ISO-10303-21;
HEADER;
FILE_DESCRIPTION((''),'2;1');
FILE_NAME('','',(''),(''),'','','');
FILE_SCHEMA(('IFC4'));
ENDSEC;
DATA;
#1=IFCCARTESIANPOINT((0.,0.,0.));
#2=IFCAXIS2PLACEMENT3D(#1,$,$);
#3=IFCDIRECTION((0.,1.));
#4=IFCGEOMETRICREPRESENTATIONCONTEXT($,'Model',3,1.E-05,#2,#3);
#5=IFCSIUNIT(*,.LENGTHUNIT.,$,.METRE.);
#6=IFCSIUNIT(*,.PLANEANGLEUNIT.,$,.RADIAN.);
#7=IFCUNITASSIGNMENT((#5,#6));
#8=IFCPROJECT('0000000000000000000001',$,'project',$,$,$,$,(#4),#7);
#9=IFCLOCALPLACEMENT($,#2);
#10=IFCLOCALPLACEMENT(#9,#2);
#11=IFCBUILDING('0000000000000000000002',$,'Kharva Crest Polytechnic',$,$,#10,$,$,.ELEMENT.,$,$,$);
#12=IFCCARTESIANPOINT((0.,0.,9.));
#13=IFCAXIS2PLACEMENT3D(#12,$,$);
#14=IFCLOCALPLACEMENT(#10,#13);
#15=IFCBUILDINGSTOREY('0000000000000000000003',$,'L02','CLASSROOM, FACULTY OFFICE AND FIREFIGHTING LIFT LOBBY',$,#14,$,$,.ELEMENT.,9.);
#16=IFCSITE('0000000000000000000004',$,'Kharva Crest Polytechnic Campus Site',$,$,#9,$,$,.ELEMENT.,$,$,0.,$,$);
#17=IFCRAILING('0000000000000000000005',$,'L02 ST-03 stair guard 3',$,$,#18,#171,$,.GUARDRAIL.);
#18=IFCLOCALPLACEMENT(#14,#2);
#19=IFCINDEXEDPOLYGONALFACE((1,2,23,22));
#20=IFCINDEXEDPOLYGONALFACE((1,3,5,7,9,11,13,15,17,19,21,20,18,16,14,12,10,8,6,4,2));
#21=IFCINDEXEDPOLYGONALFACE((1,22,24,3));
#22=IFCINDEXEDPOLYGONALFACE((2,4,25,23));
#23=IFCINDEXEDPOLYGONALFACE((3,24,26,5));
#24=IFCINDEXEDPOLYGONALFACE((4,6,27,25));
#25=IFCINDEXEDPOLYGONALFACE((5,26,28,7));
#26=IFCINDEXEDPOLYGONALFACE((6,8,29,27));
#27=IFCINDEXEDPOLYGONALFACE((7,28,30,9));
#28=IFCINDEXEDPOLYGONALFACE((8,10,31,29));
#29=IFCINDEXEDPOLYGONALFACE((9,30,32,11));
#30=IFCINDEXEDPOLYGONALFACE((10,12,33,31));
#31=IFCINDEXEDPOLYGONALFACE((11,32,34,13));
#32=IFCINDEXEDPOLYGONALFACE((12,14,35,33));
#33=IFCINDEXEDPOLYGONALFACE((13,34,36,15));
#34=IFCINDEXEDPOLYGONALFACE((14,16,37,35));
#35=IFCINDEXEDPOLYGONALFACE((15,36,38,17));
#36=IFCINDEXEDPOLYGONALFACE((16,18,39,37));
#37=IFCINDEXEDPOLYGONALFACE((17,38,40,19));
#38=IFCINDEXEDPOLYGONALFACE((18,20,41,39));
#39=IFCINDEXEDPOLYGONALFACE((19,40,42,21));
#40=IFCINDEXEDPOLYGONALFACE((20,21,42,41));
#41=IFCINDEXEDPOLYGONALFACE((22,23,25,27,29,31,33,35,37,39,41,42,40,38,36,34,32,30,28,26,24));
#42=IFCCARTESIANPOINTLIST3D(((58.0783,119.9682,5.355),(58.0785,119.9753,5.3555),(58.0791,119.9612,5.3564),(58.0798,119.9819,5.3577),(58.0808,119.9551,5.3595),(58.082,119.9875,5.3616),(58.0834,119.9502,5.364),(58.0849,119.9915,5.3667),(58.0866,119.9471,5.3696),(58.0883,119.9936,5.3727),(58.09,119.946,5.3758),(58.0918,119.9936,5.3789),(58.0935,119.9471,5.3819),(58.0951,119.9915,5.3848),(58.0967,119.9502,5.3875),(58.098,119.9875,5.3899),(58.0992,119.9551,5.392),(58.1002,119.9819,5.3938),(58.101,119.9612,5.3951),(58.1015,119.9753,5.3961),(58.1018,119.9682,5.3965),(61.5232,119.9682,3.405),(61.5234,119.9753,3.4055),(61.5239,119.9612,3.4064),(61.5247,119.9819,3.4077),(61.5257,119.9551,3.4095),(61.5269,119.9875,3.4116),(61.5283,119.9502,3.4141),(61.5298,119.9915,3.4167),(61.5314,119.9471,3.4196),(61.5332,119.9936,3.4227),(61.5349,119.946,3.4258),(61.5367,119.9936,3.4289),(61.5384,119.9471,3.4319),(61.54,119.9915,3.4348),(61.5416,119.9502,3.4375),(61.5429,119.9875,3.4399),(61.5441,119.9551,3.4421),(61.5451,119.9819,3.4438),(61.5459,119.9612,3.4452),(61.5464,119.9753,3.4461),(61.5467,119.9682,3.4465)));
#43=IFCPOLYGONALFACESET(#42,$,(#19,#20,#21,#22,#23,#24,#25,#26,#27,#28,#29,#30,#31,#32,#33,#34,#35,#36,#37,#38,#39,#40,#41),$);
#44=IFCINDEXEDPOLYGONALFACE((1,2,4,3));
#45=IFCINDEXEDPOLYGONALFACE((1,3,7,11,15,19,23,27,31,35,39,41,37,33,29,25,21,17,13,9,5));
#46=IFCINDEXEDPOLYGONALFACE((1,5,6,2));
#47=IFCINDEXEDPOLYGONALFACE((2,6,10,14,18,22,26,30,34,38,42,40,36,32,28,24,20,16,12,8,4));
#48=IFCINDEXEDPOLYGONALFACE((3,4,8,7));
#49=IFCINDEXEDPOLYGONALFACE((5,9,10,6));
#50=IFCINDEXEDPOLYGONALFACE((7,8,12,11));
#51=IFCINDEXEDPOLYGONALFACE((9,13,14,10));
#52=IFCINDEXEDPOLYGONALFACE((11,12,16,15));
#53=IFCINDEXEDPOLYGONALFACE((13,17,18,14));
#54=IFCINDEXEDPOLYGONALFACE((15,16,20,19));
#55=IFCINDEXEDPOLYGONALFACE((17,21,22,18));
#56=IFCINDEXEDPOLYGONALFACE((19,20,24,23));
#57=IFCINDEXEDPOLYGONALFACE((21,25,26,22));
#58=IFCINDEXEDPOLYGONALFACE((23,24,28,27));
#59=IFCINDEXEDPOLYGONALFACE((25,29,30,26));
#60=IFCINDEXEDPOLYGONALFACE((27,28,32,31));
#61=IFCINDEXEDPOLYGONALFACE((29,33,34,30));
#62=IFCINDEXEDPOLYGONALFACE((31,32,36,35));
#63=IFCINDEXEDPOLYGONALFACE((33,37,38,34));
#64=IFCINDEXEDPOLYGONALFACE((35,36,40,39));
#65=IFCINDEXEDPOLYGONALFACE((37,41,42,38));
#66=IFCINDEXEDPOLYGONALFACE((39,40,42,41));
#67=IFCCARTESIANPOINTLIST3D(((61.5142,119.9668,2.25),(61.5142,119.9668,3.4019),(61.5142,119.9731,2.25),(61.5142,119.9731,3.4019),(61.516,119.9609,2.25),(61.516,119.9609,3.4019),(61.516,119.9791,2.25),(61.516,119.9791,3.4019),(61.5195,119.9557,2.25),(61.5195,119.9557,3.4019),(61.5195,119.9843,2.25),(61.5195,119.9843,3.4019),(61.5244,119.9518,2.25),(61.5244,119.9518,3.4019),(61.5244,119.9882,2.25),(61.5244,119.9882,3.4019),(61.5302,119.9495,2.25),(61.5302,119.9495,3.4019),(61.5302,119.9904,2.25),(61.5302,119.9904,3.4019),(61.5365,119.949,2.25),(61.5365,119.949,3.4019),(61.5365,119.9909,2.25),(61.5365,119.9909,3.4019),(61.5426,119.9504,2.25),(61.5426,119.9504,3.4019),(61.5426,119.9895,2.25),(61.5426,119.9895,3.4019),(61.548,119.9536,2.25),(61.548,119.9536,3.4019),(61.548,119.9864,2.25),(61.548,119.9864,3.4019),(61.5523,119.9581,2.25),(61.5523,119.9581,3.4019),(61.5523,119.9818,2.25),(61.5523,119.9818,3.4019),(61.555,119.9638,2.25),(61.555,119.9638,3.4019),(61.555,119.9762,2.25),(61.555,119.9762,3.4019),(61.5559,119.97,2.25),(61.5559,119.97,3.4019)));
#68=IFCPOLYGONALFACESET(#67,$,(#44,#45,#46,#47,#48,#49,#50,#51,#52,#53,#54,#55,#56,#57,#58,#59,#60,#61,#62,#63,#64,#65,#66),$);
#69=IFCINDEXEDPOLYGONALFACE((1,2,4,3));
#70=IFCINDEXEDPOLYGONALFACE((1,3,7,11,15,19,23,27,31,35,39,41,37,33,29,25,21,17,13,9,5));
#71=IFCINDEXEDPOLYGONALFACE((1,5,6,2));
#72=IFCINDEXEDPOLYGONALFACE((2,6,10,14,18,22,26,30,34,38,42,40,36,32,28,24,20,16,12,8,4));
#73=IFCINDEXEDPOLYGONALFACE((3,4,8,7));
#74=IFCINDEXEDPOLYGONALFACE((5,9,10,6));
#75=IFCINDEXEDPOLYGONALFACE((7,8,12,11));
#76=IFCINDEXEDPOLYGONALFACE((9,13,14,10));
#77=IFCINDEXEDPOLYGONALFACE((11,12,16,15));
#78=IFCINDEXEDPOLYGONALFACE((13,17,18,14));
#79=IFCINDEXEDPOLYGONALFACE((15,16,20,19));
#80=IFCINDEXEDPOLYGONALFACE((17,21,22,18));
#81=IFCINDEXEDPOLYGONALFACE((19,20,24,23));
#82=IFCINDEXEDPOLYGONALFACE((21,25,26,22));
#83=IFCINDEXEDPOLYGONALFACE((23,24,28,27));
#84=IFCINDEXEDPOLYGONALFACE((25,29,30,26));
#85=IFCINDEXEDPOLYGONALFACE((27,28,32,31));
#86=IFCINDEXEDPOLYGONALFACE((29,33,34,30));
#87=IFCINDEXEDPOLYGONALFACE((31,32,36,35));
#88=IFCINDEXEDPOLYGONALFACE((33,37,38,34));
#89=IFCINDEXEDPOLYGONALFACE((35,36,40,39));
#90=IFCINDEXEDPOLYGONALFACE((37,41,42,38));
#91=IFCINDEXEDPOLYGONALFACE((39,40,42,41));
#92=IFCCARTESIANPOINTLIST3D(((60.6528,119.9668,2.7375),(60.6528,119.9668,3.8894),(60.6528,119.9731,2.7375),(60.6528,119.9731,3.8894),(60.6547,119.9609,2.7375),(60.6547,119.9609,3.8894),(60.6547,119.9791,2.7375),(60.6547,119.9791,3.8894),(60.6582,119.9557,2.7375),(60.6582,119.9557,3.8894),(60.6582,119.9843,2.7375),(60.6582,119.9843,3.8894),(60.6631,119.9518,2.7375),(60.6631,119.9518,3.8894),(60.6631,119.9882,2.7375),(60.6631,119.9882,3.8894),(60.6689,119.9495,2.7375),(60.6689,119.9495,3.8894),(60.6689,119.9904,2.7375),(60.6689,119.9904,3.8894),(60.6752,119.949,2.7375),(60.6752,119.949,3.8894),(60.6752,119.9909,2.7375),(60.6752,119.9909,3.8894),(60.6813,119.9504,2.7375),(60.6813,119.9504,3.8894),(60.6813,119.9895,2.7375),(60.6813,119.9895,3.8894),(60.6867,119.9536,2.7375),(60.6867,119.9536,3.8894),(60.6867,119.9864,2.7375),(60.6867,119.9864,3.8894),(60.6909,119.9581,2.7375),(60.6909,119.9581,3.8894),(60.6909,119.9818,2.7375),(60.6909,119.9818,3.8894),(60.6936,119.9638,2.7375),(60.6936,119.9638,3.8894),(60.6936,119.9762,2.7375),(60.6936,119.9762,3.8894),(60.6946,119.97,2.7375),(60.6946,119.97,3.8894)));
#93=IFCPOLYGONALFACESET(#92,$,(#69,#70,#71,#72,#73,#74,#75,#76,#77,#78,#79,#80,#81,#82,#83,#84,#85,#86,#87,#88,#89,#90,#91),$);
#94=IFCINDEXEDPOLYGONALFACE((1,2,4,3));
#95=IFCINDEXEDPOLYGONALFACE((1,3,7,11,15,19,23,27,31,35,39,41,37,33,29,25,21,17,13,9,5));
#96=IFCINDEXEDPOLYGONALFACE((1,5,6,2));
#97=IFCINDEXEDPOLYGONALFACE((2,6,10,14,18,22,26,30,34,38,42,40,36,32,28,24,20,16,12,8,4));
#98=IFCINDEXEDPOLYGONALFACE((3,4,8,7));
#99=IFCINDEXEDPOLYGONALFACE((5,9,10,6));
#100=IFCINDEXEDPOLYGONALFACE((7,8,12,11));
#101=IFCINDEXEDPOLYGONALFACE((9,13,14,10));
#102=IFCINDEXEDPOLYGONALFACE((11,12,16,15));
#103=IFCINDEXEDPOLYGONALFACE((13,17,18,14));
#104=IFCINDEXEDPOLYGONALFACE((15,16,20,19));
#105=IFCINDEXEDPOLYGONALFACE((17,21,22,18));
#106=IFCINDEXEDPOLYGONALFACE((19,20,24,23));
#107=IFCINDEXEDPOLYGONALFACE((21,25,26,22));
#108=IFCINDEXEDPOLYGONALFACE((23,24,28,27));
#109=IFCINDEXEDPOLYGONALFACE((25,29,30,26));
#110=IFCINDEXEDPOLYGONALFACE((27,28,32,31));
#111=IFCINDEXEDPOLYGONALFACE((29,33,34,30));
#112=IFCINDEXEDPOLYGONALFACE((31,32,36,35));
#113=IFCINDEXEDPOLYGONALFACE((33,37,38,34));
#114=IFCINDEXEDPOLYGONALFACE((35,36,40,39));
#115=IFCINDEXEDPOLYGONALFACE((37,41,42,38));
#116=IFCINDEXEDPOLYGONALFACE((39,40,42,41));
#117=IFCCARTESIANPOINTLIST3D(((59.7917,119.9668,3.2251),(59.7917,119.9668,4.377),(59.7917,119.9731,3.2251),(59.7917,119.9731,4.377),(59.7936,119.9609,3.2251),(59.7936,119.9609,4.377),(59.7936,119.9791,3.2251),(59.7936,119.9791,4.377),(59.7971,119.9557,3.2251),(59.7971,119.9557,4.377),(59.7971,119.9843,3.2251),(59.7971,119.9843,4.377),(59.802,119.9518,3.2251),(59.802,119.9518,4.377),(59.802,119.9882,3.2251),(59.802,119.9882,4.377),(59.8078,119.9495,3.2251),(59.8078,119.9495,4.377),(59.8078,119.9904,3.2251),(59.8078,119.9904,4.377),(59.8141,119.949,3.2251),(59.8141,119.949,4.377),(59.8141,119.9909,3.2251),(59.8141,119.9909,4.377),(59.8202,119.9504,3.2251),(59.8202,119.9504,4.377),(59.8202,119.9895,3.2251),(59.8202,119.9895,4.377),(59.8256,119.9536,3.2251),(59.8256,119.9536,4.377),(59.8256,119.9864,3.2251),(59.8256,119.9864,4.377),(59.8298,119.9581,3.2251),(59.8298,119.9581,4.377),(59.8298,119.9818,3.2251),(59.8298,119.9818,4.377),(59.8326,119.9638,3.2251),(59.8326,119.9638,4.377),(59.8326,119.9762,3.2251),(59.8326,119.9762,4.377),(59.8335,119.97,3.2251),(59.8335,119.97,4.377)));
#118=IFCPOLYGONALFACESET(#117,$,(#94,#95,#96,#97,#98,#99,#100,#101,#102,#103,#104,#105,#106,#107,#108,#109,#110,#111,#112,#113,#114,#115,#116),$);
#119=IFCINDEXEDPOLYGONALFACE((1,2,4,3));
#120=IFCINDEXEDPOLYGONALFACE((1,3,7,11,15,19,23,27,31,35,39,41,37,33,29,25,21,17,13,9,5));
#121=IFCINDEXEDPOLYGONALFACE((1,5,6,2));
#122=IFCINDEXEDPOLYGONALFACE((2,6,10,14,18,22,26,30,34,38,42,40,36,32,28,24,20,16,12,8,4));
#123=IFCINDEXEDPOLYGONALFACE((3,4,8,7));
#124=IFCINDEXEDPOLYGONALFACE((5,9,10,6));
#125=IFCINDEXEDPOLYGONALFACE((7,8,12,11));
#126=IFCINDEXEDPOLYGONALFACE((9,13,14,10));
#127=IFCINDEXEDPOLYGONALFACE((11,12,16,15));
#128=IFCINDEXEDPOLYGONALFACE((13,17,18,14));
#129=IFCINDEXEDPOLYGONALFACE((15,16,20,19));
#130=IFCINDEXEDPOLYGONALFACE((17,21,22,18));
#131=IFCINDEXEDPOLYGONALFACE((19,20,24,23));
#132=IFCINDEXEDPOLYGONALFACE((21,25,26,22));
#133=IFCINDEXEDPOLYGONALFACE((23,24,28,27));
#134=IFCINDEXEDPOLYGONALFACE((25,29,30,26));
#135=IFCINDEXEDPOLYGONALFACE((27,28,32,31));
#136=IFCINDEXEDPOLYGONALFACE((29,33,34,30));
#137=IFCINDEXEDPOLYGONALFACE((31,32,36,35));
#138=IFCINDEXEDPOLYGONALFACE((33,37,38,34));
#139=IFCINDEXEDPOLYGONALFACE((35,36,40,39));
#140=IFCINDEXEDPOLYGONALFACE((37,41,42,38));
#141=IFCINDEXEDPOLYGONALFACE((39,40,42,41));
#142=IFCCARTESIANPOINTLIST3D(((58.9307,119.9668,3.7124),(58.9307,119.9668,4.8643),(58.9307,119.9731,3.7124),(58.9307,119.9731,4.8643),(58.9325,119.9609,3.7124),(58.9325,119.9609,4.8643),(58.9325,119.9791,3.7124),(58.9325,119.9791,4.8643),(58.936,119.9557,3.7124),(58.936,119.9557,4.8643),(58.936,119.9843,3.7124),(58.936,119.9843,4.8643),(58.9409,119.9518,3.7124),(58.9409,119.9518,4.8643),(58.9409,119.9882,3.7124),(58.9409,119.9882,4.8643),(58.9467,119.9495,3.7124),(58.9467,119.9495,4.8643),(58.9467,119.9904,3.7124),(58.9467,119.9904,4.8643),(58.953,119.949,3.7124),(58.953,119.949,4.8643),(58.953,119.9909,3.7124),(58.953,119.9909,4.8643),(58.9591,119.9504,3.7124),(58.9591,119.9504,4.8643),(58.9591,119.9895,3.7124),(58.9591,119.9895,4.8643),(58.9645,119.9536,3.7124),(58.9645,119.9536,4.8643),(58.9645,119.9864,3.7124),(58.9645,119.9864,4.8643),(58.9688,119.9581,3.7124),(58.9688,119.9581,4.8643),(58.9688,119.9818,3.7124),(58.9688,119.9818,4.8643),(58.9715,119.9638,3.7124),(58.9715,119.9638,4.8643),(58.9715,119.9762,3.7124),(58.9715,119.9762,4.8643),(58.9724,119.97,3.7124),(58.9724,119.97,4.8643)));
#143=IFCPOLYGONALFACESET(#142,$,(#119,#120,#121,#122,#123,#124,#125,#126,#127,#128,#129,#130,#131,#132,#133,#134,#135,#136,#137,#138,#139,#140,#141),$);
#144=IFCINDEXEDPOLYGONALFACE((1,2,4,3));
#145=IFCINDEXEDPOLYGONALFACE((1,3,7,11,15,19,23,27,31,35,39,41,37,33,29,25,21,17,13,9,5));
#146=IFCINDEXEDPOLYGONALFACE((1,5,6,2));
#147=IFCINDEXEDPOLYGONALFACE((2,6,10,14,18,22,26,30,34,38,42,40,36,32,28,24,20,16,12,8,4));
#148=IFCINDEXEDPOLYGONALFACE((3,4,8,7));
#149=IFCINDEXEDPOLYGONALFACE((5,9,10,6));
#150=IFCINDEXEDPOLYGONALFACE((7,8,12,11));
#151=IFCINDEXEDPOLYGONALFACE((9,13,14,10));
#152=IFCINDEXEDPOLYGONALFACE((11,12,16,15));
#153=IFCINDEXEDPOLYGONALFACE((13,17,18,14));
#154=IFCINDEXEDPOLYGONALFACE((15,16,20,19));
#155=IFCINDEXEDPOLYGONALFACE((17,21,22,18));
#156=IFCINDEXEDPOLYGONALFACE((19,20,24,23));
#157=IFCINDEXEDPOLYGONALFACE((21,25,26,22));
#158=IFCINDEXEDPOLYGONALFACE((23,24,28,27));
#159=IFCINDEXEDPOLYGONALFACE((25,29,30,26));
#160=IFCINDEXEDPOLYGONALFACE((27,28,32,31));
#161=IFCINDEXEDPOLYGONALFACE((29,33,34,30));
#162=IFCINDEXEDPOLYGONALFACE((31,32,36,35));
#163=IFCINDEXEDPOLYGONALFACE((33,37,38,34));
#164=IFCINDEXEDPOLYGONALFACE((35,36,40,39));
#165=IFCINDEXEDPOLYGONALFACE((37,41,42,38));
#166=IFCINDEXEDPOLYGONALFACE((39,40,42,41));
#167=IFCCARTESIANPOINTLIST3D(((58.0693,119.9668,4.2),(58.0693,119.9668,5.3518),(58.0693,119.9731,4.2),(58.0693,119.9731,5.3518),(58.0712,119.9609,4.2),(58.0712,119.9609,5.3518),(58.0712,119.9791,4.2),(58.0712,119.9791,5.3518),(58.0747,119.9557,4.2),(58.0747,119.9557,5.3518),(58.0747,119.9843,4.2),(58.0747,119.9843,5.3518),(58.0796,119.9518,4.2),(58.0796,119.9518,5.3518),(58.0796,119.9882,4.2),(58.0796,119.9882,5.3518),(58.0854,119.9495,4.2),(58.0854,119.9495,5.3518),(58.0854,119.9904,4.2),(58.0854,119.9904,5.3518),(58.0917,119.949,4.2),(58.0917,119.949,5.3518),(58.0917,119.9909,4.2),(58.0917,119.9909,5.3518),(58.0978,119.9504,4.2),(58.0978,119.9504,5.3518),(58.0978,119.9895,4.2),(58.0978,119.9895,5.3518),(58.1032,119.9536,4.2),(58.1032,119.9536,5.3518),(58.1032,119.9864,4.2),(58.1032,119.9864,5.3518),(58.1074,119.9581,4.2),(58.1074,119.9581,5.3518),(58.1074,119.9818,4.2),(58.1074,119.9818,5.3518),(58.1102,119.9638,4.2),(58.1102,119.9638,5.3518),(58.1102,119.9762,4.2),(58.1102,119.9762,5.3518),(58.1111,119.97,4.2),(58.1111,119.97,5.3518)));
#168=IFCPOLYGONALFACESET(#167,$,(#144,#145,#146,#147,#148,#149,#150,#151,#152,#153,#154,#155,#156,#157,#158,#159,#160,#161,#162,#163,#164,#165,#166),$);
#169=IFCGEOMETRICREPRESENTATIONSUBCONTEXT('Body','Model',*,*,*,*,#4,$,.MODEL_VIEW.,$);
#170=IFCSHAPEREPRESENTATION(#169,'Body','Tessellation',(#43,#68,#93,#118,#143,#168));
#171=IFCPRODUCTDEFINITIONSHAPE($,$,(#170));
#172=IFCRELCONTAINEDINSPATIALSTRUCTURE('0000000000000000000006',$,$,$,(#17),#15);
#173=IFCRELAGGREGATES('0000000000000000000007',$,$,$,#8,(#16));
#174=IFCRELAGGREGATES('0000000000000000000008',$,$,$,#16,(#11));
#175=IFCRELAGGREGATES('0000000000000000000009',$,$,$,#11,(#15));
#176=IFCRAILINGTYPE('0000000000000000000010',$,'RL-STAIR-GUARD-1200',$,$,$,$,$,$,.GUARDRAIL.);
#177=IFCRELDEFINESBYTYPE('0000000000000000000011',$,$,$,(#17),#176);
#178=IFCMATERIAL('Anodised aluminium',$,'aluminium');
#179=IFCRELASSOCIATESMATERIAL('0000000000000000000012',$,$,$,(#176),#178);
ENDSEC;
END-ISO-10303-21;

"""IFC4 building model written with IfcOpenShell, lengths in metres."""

from ifc_helpers import new_model, si_unit, direction, frame, origin, origin_2d, place, context, subcontext, project, spatial, circle, extrude, material, type_object, element, save


model = new_model("IFC4")

# Units and contexts
model_context = context("Model", 3, precision=1e-05, world=origin(), true_north=direction((0.0, 1.0)))
body_context = subcontext(model_context, "Body", "Model", "MODEL_VIEW")
ifc_project = project(units=[si_unit("LENGTHUNIT", "METRE"), si_unit("PLANEANGLEUNIT", "RADIAN")], contexts=[model_context])

# Site, building, storey
site_placement = place(None, origin())
site = spatial("IfcSite", under=ifc_project, at=site_placement, Name="Kharva Crest Polytechnic Campus Site", CompositionType="ELEMENT", RefElevation=0.0)
building_placement = place(site_placement, origin())
building = spatial("IfcBuilding", under=site, at=building_placement, Name="Kharva Crest Polytechnic", CompositionType="ELEMENT")
storey_placement = place(building_placement, frame((0.0, 0.0, 9.0)))
storey = spatial("IfcBuildingStorey", under=building, at=storey_placement, Name="L02", Description="CLASSROOM, FACULTY OFFICE AND FIREFIGHTING LIFT LOBBY", CompositionType="ELEMENT", Elevation=9.0)

# Shared definitions
ifc_material_1 = material(Name="Anodised aluminium", Category="aluminium")

# Railing
railing_type_1 = type_object("IfcRailingType", Name="RL-STAIR-GUARD-1200", PredefinedType="GUARDRAIL", material=ifc_material_1)
railing_1_placement = place(storey_placement, frame((61.5349, 119.97, 2.25)))
element("IfcRailing", 1, at=railing_1_placement, inside=storey, type_object=railing_type_1, Name="L02 ST-03 stair guard 3", PredefinedType="GUARDRAIL", context=body_context, shape_type="SweptSolid", body=[
    extrude(circle(Radius=0.0239, at=origin_2d()), frame((0.0, 0.0, 1.1758), z_axis=(-0.870251, 0.0, 0.492608), x_axis=(0.0, -1.0, 0.0)), (0.0, 0.0, 1.0), 3.9585),
    extrude(circle(Radius=0.021, at=origin_2d()), origin(), (0.0, 0.0, 1.0), 1.1519),
    extrude(circle(Radius=0.021, at=origin_2d()), frame((-0.8613, 0.0, 0.4875)), (0.0, 0.0, 1.0), 1.1519),
    extrude(circle(Radius=0.021, at=origin_2d()), frame((-1.7224, 0.0, 0.9751)), (0.0, 0.0, 1.0), 1.1519),
    extrude(circle(Radius=0.021, at=origin_2d()), frame((-2.5835, 0.0, 1.4624)), (0.0, 0.0, 1.0), 1.1519),
    extrude(circle(Radius=0.021, at=origin_2d()), frame((-3.4448, 0.0, 1.95)), (0.0, 0.0, 1.0), 1.1519),
])

save(model, "model.ifc")
